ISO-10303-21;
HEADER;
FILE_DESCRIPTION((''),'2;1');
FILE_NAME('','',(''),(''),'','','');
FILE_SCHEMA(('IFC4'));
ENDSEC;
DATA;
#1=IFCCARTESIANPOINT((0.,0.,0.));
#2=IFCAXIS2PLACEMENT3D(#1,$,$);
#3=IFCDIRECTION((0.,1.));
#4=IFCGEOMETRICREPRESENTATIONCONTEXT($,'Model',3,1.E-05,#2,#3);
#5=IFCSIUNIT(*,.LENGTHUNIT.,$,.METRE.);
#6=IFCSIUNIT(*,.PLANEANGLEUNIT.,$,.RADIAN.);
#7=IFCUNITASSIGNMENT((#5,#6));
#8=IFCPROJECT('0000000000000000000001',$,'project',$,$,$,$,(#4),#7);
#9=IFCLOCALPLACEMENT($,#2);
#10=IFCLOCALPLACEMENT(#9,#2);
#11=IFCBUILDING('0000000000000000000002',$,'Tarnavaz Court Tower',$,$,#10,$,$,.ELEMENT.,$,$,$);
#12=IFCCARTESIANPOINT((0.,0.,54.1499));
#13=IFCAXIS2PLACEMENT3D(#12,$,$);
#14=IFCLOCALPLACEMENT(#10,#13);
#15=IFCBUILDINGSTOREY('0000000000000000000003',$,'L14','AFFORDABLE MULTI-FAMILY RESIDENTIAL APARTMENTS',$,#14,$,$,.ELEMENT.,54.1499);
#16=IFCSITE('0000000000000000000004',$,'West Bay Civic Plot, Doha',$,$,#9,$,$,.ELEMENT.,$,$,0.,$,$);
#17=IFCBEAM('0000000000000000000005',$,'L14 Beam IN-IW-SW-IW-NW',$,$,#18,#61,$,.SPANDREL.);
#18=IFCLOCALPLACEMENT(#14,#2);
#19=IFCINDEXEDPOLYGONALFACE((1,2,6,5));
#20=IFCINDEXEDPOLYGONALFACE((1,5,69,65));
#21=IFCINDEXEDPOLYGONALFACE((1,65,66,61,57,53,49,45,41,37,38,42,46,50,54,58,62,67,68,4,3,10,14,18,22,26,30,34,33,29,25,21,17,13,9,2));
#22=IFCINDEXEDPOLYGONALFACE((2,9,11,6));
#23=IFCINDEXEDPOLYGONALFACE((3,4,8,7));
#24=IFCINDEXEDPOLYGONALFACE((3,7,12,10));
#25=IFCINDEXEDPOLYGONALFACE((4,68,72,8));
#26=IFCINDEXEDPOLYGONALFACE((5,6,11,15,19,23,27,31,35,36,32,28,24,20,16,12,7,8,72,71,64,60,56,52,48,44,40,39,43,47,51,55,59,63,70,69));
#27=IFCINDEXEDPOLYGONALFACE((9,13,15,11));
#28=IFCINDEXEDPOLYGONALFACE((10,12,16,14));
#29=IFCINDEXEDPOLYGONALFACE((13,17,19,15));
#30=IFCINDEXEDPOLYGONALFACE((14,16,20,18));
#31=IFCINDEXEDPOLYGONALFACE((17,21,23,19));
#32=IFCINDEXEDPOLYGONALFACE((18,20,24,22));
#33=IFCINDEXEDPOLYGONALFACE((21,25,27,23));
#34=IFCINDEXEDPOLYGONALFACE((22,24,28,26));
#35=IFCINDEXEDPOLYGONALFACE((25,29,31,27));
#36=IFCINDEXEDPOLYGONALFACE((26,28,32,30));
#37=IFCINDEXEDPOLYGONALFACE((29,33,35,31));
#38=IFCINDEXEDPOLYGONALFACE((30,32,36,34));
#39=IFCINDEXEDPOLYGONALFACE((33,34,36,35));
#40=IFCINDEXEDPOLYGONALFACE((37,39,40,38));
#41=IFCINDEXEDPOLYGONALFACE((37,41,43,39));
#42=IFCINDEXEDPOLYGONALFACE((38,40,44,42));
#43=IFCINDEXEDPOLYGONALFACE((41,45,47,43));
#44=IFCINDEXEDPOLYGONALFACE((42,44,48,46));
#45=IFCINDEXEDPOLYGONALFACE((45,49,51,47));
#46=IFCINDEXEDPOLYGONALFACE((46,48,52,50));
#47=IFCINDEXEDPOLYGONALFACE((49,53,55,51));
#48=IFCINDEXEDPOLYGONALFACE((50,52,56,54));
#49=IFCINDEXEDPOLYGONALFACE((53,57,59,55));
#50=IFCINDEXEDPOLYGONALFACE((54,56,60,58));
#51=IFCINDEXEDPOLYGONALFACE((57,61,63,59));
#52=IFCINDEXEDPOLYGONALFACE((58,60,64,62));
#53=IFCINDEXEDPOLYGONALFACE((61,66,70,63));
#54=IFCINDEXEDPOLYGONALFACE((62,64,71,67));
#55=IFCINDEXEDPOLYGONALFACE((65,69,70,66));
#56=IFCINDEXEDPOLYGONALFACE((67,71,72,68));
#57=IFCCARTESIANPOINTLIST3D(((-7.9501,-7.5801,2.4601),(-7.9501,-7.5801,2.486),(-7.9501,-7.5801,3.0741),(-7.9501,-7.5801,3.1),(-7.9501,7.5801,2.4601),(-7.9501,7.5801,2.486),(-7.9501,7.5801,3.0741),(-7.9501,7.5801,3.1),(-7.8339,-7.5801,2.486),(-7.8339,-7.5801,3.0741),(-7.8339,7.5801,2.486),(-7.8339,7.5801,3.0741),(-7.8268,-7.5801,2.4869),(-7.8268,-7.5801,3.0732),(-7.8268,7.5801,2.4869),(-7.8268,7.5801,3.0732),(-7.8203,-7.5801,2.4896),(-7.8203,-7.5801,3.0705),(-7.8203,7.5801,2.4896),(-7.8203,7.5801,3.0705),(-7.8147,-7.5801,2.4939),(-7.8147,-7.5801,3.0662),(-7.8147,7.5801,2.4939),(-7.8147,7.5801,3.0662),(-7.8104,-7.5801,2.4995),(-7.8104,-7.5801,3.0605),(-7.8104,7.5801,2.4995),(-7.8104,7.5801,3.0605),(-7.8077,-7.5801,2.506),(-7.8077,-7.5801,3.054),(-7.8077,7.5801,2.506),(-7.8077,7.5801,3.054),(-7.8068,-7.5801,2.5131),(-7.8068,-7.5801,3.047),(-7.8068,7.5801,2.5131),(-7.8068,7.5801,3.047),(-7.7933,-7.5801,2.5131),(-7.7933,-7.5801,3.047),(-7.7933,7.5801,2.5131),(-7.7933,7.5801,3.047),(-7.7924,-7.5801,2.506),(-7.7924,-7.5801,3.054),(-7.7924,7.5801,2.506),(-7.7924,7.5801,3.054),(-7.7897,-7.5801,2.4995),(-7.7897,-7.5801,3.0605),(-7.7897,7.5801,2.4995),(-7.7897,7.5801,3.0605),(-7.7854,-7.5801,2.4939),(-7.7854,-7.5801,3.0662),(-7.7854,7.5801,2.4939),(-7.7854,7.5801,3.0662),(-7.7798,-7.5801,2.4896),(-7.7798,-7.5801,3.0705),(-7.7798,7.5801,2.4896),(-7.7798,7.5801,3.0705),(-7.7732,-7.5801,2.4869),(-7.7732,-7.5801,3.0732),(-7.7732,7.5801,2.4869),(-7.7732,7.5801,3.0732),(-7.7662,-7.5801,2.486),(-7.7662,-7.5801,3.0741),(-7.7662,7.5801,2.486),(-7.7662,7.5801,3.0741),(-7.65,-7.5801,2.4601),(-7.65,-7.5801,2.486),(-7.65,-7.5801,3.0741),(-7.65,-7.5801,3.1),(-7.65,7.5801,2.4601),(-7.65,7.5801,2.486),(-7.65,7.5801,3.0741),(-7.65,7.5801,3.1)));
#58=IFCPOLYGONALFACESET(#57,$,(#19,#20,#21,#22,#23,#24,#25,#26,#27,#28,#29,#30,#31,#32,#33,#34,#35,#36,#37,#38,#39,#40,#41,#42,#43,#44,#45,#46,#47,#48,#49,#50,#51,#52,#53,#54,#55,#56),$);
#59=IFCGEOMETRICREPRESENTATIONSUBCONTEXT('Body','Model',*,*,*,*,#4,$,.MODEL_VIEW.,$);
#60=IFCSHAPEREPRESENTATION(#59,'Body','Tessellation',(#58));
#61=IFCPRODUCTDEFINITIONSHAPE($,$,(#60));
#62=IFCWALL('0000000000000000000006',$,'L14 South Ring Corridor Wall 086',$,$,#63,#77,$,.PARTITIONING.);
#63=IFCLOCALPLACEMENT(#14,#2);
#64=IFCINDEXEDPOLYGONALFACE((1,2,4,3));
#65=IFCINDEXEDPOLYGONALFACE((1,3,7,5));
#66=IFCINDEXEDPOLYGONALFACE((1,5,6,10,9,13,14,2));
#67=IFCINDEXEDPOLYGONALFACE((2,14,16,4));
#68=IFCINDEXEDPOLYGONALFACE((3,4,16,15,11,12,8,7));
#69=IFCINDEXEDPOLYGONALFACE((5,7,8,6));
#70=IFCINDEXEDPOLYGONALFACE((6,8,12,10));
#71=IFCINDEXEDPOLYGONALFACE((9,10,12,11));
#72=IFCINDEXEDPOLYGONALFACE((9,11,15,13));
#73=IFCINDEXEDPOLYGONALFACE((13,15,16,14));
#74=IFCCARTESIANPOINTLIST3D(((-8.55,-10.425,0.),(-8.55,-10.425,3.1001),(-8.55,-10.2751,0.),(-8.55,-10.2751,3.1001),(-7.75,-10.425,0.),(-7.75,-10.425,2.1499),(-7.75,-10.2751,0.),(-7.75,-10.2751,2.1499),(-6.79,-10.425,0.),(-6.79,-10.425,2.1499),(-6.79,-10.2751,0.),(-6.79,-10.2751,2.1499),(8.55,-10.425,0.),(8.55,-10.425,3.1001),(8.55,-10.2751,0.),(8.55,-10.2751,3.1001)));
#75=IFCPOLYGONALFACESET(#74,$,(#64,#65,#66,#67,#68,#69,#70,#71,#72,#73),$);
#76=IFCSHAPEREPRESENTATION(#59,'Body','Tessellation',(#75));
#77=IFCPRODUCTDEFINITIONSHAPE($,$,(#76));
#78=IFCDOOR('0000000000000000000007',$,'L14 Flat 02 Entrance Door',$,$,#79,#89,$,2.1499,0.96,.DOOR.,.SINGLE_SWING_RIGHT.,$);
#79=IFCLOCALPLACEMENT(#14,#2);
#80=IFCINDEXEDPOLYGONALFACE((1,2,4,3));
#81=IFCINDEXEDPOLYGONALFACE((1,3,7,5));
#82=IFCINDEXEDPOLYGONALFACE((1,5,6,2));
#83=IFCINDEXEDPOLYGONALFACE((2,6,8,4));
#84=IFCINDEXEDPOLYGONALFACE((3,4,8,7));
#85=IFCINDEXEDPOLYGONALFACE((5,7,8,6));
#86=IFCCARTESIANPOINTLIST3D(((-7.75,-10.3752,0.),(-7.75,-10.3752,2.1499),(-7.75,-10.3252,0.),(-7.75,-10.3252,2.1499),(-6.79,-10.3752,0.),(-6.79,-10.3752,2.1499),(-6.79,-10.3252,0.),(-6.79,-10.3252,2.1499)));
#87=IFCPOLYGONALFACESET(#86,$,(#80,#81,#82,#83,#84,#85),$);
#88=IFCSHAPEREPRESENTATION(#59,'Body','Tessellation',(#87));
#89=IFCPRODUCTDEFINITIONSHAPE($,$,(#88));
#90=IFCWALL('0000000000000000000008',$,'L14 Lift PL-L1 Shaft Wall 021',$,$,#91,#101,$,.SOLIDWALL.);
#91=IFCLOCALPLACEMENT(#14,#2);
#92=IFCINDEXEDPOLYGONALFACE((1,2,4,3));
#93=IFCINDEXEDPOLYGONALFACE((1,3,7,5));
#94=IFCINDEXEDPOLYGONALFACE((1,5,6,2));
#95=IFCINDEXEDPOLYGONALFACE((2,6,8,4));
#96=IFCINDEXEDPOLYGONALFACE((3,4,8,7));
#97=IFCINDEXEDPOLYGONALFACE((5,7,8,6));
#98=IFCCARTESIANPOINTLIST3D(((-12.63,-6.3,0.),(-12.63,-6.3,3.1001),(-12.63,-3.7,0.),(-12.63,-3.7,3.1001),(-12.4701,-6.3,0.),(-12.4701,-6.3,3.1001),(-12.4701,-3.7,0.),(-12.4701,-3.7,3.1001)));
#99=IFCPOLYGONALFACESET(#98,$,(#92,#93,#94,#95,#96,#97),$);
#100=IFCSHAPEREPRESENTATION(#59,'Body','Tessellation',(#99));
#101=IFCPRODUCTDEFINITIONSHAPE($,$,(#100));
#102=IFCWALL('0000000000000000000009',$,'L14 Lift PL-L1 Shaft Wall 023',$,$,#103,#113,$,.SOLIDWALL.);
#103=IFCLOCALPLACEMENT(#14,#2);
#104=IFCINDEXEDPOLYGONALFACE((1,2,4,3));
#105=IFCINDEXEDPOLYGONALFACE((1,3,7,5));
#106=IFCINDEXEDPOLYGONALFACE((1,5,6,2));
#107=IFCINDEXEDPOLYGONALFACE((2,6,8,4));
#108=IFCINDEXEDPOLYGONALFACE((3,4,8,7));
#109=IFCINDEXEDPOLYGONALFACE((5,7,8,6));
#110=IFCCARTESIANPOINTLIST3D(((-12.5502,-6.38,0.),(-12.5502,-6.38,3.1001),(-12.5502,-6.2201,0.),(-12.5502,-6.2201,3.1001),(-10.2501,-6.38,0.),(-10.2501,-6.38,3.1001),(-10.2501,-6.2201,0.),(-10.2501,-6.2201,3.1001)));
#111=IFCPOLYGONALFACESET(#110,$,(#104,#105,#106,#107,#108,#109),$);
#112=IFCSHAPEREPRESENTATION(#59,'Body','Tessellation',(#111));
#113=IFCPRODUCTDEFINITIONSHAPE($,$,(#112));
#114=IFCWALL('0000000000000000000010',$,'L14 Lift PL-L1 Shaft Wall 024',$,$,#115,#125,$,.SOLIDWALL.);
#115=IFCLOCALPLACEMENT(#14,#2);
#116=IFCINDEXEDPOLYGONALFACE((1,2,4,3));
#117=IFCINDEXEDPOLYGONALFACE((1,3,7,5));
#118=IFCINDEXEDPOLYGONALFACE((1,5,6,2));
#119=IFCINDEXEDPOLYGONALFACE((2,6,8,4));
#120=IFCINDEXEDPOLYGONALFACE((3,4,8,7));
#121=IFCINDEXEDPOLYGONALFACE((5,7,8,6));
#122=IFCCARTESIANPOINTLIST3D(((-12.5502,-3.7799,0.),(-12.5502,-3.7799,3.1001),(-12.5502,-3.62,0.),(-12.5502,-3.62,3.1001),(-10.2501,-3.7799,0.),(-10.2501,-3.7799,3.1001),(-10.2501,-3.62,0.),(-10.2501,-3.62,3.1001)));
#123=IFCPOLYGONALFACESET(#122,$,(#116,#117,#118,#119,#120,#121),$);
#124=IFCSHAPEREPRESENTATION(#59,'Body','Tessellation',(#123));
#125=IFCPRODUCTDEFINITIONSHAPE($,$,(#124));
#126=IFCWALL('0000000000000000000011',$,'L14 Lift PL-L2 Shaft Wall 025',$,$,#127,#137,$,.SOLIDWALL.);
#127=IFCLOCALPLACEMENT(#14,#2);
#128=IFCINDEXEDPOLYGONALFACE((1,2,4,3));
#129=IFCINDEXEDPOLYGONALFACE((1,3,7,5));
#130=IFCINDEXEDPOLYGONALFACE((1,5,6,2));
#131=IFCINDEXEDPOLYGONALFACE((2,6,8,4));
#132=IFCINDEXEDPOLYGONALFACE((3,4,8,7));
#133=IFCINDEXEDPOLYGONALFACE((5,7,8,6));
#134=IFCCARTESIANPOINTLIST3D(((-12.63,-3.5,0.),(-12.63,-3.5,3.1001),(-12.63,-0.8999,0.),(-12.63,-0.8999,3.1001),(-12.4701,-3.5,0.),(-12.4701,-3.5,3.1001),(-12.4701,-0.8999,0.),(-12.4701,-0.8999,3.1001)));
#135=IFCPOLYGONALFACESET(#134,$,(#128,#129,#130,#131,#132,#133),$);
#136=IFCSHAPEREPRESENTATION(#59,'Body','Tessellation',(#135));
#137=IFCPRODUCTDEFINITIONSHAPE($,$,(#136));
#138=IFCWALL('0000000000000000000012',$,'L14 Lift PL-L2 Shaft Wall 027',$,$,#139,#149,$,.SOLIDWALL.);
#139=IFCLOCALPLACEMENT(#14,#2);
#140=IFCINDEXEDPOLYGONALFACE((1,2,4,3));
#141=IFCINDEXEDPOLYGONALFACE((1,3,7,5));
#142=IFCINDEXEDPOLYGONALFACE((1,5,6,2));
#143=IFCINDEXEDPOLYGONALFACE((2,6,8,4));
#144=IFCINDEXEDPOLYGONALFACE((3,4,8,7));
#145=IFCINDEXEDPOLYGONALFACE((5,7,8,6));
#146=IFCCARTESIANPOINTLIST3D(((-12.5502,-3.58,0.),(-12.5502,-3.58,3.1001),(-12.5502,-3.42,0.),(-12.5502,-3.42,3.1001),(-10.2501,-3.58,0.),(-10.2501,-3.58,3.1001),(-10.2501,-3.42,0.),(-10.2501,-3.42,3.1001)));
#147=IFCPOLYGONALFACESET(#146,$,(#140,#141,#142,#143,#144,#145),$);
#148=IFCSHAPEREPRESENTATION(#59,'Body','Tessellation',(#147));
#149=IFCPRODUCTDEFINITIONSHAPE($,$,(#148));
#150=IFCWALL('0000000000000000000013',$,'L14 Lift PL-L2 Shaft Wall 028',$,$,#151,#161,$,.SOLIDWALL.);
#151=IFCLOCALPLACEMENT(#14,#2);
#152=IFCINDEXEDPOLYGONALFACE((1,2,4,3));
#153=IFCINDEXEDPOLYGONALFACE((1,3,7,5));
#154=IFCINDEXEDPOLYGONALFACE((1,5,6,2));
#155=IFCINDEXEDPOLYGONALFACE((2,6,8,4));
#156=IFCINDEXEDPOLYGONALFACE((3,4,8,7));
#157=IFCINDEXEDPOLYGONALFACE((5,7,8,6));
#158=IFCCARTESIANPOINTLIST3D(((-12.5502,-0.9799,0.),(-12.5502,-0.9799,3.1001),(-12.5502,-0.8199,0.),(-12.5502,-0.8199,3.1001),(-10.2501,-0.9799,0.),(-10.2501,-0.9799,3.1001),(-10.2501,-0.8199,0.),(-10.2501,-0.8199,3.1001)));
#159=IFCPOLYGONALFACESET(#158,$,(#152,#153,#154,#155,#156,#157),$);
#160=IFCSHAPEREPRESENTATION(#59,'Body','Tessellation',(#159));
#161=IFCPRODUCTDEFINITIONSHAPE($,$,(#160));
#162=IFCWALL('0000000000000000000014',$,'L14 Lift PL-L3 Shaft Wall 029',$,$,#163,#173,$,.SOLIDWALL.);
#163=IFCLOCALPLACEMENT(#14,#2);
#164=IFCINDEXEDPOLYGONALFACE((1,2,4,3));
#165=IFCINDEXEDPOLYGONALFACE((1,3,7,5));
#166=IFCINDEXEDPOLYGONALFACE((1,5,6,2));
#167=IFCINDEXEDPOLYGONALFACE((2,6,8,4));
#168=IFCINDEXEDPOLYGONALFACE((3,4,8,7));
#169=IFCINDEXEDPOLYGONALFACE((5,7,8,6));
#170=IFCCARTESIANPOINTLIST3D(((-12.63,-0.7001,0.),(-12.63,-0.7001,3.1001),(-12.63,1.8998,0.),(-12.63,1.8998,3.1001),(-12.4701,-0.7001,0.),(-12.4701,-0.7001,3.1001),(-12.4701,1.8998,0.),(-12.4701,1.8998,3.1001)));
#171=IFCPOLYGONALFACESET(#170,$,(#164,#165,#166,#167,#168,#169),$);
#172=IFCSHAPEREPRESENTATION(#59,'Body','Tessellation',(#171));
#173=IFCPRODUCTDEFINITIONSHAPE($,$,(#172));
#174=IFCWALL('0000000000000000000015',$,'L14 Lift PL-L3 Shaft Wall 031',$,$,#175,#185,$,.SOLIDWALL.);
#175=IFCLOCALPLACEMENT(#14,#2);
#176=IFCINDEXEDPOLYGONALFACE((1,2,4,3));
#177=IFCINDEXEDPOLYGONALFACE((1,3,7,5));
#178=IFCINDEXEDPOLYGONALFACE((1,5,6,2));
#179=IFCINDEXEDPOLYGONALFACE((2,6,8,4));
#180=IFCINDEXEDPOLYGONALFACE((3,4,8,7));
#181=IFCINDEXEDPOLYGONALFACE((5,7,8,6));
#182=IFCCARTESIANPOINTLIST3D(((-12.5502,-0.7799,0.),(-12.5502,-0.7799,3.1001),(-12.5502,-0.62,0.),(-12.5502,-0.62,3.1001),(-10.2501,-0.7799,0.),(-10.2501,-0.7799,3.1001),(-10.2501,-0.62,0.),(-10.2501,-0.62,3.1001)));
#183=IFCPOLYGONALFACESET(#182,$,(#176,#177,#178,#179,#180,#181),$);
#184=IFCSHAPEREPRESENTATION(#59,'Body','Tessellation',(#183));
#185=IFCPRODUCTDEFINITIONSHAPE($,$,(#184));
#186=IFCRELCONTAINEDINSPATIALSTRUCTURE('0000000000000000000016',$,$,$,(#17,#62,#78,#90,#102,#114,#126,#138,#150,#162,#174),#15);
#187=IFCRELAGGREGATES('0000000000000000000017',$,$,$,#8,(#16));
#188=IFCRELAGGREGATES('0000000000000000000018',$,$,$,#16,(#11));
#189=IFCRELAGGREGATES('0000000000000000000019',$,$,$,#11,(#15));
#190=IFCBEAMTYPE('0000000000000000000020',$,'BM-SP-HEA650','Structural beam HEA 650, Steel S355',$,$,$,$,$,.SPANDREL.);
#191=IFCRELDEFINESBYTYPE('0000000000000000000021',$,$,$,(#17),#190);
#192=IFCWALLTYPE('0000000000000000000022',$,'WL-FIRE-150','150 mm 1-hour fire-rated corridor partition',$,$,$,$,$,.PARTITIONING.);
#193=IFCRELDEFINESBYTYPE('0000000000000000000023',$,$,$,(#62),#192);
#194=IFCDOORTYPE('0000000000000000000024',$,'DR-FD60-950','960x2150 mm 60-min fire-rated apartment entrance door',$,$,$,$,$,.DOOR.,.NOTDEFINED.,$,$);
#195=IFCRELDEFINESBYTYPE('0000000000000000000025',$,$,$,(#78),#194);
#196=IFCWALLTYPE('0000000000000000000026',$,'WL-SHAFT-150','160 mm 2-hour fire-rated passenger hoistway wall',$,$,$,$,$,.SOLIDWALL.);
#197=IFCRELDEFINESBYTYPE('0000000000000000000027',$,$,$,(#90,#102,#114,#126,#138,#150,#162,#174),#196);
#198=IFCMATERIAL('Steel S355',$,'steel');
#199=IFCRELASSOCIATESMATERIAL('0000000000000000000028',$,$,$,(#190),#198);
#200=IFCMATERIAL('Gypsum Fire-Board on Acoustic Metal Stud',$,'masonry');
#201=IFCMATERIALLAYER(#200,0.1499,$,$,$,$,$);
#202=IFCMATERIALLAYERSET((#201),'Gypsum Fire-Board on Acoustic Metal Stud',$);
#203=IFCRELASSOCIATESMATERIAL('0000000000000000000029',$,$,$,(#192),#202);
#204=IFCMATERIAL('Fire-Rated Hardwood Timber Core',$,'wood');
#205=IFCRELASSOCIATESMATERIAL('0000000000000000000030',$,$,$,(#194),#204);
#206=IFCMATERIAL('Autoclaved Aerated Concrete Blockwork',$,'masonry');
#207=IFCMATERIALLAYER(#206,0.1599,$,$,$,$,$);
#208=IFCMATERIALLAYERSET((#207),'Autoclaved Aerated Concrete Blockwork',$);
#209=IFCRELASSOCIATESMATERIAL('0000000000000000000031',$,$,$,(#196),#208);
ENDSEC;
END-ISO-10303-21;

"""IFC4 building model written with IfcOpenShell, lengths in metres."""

from ifc_helpers import new_model, si_unit, direction, frame, frame_2d, origin, origin_2d, place, context, subcontext, project, spatial, rectangle, i_section, extrude, material, layer, layer_set, material_profile, profile_set, type_object, element, fill, save


model = new_model("IFC4")

# Units and contexts
model_context = context("Model", 3, precision=1e-05, world=origin(), true_north=direction((0.0, 1.0)))
body_context = subcontext(model_context, "Body", "Model", "MODEL_VIEW")
ifc_project = project(units=[si_unit("LENGTHUNIT", "METRE"), si_unit("PLANEANGLEUNIT", "RADIAN")], contexts=[model_context])

# Site, building, storey
site_placement = place(None, origin())
site = spatial("IfcSite", under=ifc_project, at=site_placement, Name="West Bay Civic Plot, Doha", CompositionType="ELEMENT", RefElevation=0.0)
building_placement = place(site_placement, origin())
building = spatial("IfcBuilding", under=site, at=building_placement, Name="Tarnavaz Court Tower", CompositionType="ELEMENT")
storey_placement = place(building_placement, frame((0.0, 0.0, 54.1499)))
storey = spatial("IfcBuildingStorey", under=building, at=storey_placement, Name="L14", Description="AFFORDABLE MULTI-FAMILY RESIDENTIAL APARTMENTS", CompositionType="ELEMENT", Elevation=54.1499)

# Beam
ifc_material_1 = material(Name="Steel S355", Category="steel")
ifc_material_profile_1 = material_profile(ifc_material_1, i_section(OverallWidth=0.3, OverallDepth=0.6399, WebThickness=0.0134, FlangeThickness=0.0259, FilletRadius=0.0271, at=origin_2d()), Name="HEA 650")
ifc_profile_set_1 = profile_set([ifc_material_profile_1], Name="Steel S355")
beam_type_1 = type_object("IfcBeamType", Name="BM-SP-HEA650", Description="Structural beam HEA 650, Steel S355", PredefinedType="SPANDREL", material=ifc_profile_set_1)
for number, where, z_axis, x_axis, name in (
    (1, (-7.8, -7.5801, 2.78), (0.0, 1.0, 0.0), (-1.0, 0.0, 0.0), "L14 Beam IN-IW-SW-IW-NW"),
):
    element("IfcBeam", number, at=place(storey_placement, frame(where, z_axis=z_axis, x_axis=x_axis)), inside=storey, type_object=beam_type_1, Name=name, PredefinedType="SPANDREL", context=body_context, shape_type="SweptSolid", body=[
        extrude(i_section(OverallWidth=0.3, OverallDepth=0.6399, WebThickness=0.0134, FlangeThickness=0.0259, FilletRadius=0.0271, at=origin_2d()), origin(), (0.0, 0.0, 1.0), 15.1602),
    ])

# Wall, opening, door
ifc_material_2 = material(Name="Gypsum Fire-Board on Acoustic Metal Stud", Category="masonry")
ifc_layer_1 = layer(ifc_material_2, 0.1499)
ifc_layer_set_1 = layer_set([ifc_layer_1], Name="Gypsum Fire-Board on Acoustic Metal Stud")
wall_type_1 = type_object("IfcWallType", Name="WL-FIRE-150", Description="150 mm 1-hour fire-rated corridor partition", PredefinedType="PARTITIONING", material=ifc_layer_set_1)
wall_1_placement = place(storey_placement, frame((-8.55, -10.3501, 0.0), z_axis=(0.0, 0.0, 1.0), x_axis=(1.0, 0.0, 0.0)))
wall_1 = element("IfcWall", 2, at=wall_1_placement, inside=storey, type_object=wall_type_1, Name="L14 South Ring Corridor Wall 086", PredefinedType="PARTITIONING", context=body_context, shape_type="SweptSolid", body=[
    extrude(rectangle(XDim=17.1001, YDim=0.1499, at=frame_2d((8.55, 0.0))), origin(), (0.0, 0.0, 1.0), 3.1001),
])
opening_1_placement = place(wall_1_placement, frame((0.8, 0.0, 0.0)))
opening_1 = element("IfcOpeningElement", 3, at=opening_1_placement, cuts=wall_1, PredefinedType="OPENING", context=body_context, shape_type="SweptSolid", body=[
    extrude(rectangle(XDim=0.96, YDim=2.1499, at=frame_2d((0.48, 1.075))), frame((0.0, 0.085, 0.0), z_axis=(0.0, -1.0, 0.0), x_axis=(1.0, 0.0, 0.0)), (0.0, 0.0, 1.0), 0.1699),
])
ifc_material_3 = material(Name="Fire-Rated Hardwood Timber Core", Category="wood")
door_type_1 = type_object("IfcDoorType", Name="DR-FD60-950", Description="960x2150 mm 60-min fire-rated apartment entrance door", OperationType="NOTDEFINED", PredefinedType="DOOR", material=ifc_material_3)
door_1_placement = place(opening_1_placement, origin())
door_1 = element("IfcDoor", 4, at=door_1_placement, inside=storey, type_object=door_type_1, Name="L14 Flat 02 Entrance Door", OperationType="SINGLE_SWING_RIGHT", OverallHeight=2.1499, OverallWidth=0.96, PredefinedType="DOOR", context=body_context, shape_type="SweptSolid", body=[
    extrude(rectangle(XDim=0.96, YDim=2.1499, at=frame_2d((0.48, 1.075))), frame((0.0, 0.0249, 0.0), z_axis=(0.0, -1.0, 0.0), x_axis=(1.0, 0.0, 0.0)), (0.0, 0.0, 1.0), 0.05),
])
fill(opening_1, door_1)

# Wall
ifc_material_4 = material(Name="Autoclaved Aerated Concrete Blockwork", Category="masonry")
ifc_layer_2 = layer(ifc_material_4, 0.1599)
ifc_layer_set_2 = layer_set([ifc_layer_2], Name="Autoclaved Aerated Concrete Blockwork")
wall_type_2 = type_object("IfcWallType", Name="WL-SHAFT-150", Description="160 mm 2-hour fire-rated passenger hoistway wall", PredefinedType="SOLIDWALL", material=ifc_layer_set_2)
wall_2_placement = place(storey_placement, frame((-12.55, -6.3, 0.0), z_axis=(0.0, 0.0, 1.0), x_axis=(0.0, 1.0, 0.0)))
element("IfcWall", 5, at=wall_2_placement, inside=storey, type_object=wall_type_2, Name="L14 Lift PL-L1 Shaft Wall 021", PredefinedType="SOLIDWALL", context=body_context, shape_type="SweptSolid", body=[
    extrude(rectangle(XDim=2.6001, YDim=0.1599, at=frame_2d((1.3, 0.0))), origin(), (0.0, 0.0, 1.0), 3.1001),
])

# Walls
for number, where, z_axis, x_axis, name in (
    (6, (-12.55, -6.3, 0.0), (0.0, 0.0, 1.0), (1.0, 0.0, 0.0), "L14 Lift PL-L1 Shaft Wall 023"),
    (7, (-12.55, -3.7, 0.0), (0.0, 0.0, 1.0), (1.0, 0.0, 0.0), "L14 Lift PL-L1 Shaft Wall 024"),
):
    element("IfcWall", number, at=place(storey_placement, frame(where, z_axis=z_axis, x_axis=x_axis)), inside=storey, type_object=wall_type_2, Name=name, PredefinedType="SOLIDWALL", context=body_context, shape_type="SweptSolid", body=[
        extrude(rectangle(XDim=2.3, YDim=0.1599, at=frame_2d((1.1499, 0.0))), origin(), (0.0, 0.0, 1.0), 3.1001),
    ])
wall_3_placement = place(storey_placement, frame((-12.55, -3.5, 0.0), z_axis=(0.0, 0.0, 1.0), x_axis=(0.0, 1.0, 0.0)))
element("IfcWall", 8, at=wall_3_placement, inside=storey, type_object=wall_type_2, Name="L14 Lift PL-L2 Shaft Wall 025", PredefinedType="SOLIDWALL", context=body_context, shape_type="SweptSolid", body=[
    extrude(rectangle(XDim=2.6001, YDim=0.1599, at=frame_2d((1.3, 0.0))), origin(), (0.0, 0.0, 1.0), 3.1001),
])

# Walls
for number, where, z_axis, x_axis, name in (
    (9, (-12.55, -3.5, 0.0), (0.0, 0.0, 1.0), (1.0, 0.0, 0.0), "L14 Lift PL-L2 Shaft Wall 027"),
    (10, (-12.55, -0.8999, 0.0), (0.0, 0.0, 1.0), (1.0, 0.0, 0.0), "L14 Lift PL-L2 Shaft Wall 028"),
):
    element("IfcWall", number, at=place(storey_placement, frame(where, z_axis=z_axis, x_axis=x_axis)), inside=storey, type_object=wall_type_2, Name=name, PredefinedType="SOLIDWALL", context=body_context, shape_type="SweptSolid", body=[
        extrude(rectangle(XDim=2.3, YDim=0.1599, at=frame_2d((1.1499, 0.0))), origin(), (0.0, 0.0, 1.0), 3.1001),
    ])
wall_4_placement = place(storey_placement, frame((-12.55, -0.7, 0.0), z_axis=(0.0, 0.0, 1.0), x_axis=(0.0, 1.0, 0.0)))
element("IfcWall", 11, at=wall_4_placement, inside=storey, type_object=wall_type_2, Name="L14 Lift PL-L3 Shaft Wall 029", PredefinedType="SOLIDWALL", context=body_context, shape_type="SweptSolid", body=[
    extrude(rectangle(XDim=2.5999, YDim=0.1599, at=frame_2d((1.2998, 0.0))), origin(), (0.0, 0.0, 1.0), 3.1001),
])

# Wall
wall_5_placement = place(storey_placement, frame((-12.55, -0.7, 0.0), z_axis=(0.0, 0.0, 1.0), x_axis=(1.0, 0.0, 0.0)))
element("IfcWall", 12, at=wall_5_placement, inside=storey, type_object=wall_type_2, Name="L14 Lift PL-L3 Shaft Wall 031", PredefinedType="SOLIDWALL", context=body_context, shape_type="SweptSolid", body=[
    extrude(rectangle(XDim=2.3, YDim=0.1599, at=frame_2d((1.1499, 0.0))), origin(), (0.0, 0.0, 1.0), 3.1001),
])

save(model, "model.ifc")
